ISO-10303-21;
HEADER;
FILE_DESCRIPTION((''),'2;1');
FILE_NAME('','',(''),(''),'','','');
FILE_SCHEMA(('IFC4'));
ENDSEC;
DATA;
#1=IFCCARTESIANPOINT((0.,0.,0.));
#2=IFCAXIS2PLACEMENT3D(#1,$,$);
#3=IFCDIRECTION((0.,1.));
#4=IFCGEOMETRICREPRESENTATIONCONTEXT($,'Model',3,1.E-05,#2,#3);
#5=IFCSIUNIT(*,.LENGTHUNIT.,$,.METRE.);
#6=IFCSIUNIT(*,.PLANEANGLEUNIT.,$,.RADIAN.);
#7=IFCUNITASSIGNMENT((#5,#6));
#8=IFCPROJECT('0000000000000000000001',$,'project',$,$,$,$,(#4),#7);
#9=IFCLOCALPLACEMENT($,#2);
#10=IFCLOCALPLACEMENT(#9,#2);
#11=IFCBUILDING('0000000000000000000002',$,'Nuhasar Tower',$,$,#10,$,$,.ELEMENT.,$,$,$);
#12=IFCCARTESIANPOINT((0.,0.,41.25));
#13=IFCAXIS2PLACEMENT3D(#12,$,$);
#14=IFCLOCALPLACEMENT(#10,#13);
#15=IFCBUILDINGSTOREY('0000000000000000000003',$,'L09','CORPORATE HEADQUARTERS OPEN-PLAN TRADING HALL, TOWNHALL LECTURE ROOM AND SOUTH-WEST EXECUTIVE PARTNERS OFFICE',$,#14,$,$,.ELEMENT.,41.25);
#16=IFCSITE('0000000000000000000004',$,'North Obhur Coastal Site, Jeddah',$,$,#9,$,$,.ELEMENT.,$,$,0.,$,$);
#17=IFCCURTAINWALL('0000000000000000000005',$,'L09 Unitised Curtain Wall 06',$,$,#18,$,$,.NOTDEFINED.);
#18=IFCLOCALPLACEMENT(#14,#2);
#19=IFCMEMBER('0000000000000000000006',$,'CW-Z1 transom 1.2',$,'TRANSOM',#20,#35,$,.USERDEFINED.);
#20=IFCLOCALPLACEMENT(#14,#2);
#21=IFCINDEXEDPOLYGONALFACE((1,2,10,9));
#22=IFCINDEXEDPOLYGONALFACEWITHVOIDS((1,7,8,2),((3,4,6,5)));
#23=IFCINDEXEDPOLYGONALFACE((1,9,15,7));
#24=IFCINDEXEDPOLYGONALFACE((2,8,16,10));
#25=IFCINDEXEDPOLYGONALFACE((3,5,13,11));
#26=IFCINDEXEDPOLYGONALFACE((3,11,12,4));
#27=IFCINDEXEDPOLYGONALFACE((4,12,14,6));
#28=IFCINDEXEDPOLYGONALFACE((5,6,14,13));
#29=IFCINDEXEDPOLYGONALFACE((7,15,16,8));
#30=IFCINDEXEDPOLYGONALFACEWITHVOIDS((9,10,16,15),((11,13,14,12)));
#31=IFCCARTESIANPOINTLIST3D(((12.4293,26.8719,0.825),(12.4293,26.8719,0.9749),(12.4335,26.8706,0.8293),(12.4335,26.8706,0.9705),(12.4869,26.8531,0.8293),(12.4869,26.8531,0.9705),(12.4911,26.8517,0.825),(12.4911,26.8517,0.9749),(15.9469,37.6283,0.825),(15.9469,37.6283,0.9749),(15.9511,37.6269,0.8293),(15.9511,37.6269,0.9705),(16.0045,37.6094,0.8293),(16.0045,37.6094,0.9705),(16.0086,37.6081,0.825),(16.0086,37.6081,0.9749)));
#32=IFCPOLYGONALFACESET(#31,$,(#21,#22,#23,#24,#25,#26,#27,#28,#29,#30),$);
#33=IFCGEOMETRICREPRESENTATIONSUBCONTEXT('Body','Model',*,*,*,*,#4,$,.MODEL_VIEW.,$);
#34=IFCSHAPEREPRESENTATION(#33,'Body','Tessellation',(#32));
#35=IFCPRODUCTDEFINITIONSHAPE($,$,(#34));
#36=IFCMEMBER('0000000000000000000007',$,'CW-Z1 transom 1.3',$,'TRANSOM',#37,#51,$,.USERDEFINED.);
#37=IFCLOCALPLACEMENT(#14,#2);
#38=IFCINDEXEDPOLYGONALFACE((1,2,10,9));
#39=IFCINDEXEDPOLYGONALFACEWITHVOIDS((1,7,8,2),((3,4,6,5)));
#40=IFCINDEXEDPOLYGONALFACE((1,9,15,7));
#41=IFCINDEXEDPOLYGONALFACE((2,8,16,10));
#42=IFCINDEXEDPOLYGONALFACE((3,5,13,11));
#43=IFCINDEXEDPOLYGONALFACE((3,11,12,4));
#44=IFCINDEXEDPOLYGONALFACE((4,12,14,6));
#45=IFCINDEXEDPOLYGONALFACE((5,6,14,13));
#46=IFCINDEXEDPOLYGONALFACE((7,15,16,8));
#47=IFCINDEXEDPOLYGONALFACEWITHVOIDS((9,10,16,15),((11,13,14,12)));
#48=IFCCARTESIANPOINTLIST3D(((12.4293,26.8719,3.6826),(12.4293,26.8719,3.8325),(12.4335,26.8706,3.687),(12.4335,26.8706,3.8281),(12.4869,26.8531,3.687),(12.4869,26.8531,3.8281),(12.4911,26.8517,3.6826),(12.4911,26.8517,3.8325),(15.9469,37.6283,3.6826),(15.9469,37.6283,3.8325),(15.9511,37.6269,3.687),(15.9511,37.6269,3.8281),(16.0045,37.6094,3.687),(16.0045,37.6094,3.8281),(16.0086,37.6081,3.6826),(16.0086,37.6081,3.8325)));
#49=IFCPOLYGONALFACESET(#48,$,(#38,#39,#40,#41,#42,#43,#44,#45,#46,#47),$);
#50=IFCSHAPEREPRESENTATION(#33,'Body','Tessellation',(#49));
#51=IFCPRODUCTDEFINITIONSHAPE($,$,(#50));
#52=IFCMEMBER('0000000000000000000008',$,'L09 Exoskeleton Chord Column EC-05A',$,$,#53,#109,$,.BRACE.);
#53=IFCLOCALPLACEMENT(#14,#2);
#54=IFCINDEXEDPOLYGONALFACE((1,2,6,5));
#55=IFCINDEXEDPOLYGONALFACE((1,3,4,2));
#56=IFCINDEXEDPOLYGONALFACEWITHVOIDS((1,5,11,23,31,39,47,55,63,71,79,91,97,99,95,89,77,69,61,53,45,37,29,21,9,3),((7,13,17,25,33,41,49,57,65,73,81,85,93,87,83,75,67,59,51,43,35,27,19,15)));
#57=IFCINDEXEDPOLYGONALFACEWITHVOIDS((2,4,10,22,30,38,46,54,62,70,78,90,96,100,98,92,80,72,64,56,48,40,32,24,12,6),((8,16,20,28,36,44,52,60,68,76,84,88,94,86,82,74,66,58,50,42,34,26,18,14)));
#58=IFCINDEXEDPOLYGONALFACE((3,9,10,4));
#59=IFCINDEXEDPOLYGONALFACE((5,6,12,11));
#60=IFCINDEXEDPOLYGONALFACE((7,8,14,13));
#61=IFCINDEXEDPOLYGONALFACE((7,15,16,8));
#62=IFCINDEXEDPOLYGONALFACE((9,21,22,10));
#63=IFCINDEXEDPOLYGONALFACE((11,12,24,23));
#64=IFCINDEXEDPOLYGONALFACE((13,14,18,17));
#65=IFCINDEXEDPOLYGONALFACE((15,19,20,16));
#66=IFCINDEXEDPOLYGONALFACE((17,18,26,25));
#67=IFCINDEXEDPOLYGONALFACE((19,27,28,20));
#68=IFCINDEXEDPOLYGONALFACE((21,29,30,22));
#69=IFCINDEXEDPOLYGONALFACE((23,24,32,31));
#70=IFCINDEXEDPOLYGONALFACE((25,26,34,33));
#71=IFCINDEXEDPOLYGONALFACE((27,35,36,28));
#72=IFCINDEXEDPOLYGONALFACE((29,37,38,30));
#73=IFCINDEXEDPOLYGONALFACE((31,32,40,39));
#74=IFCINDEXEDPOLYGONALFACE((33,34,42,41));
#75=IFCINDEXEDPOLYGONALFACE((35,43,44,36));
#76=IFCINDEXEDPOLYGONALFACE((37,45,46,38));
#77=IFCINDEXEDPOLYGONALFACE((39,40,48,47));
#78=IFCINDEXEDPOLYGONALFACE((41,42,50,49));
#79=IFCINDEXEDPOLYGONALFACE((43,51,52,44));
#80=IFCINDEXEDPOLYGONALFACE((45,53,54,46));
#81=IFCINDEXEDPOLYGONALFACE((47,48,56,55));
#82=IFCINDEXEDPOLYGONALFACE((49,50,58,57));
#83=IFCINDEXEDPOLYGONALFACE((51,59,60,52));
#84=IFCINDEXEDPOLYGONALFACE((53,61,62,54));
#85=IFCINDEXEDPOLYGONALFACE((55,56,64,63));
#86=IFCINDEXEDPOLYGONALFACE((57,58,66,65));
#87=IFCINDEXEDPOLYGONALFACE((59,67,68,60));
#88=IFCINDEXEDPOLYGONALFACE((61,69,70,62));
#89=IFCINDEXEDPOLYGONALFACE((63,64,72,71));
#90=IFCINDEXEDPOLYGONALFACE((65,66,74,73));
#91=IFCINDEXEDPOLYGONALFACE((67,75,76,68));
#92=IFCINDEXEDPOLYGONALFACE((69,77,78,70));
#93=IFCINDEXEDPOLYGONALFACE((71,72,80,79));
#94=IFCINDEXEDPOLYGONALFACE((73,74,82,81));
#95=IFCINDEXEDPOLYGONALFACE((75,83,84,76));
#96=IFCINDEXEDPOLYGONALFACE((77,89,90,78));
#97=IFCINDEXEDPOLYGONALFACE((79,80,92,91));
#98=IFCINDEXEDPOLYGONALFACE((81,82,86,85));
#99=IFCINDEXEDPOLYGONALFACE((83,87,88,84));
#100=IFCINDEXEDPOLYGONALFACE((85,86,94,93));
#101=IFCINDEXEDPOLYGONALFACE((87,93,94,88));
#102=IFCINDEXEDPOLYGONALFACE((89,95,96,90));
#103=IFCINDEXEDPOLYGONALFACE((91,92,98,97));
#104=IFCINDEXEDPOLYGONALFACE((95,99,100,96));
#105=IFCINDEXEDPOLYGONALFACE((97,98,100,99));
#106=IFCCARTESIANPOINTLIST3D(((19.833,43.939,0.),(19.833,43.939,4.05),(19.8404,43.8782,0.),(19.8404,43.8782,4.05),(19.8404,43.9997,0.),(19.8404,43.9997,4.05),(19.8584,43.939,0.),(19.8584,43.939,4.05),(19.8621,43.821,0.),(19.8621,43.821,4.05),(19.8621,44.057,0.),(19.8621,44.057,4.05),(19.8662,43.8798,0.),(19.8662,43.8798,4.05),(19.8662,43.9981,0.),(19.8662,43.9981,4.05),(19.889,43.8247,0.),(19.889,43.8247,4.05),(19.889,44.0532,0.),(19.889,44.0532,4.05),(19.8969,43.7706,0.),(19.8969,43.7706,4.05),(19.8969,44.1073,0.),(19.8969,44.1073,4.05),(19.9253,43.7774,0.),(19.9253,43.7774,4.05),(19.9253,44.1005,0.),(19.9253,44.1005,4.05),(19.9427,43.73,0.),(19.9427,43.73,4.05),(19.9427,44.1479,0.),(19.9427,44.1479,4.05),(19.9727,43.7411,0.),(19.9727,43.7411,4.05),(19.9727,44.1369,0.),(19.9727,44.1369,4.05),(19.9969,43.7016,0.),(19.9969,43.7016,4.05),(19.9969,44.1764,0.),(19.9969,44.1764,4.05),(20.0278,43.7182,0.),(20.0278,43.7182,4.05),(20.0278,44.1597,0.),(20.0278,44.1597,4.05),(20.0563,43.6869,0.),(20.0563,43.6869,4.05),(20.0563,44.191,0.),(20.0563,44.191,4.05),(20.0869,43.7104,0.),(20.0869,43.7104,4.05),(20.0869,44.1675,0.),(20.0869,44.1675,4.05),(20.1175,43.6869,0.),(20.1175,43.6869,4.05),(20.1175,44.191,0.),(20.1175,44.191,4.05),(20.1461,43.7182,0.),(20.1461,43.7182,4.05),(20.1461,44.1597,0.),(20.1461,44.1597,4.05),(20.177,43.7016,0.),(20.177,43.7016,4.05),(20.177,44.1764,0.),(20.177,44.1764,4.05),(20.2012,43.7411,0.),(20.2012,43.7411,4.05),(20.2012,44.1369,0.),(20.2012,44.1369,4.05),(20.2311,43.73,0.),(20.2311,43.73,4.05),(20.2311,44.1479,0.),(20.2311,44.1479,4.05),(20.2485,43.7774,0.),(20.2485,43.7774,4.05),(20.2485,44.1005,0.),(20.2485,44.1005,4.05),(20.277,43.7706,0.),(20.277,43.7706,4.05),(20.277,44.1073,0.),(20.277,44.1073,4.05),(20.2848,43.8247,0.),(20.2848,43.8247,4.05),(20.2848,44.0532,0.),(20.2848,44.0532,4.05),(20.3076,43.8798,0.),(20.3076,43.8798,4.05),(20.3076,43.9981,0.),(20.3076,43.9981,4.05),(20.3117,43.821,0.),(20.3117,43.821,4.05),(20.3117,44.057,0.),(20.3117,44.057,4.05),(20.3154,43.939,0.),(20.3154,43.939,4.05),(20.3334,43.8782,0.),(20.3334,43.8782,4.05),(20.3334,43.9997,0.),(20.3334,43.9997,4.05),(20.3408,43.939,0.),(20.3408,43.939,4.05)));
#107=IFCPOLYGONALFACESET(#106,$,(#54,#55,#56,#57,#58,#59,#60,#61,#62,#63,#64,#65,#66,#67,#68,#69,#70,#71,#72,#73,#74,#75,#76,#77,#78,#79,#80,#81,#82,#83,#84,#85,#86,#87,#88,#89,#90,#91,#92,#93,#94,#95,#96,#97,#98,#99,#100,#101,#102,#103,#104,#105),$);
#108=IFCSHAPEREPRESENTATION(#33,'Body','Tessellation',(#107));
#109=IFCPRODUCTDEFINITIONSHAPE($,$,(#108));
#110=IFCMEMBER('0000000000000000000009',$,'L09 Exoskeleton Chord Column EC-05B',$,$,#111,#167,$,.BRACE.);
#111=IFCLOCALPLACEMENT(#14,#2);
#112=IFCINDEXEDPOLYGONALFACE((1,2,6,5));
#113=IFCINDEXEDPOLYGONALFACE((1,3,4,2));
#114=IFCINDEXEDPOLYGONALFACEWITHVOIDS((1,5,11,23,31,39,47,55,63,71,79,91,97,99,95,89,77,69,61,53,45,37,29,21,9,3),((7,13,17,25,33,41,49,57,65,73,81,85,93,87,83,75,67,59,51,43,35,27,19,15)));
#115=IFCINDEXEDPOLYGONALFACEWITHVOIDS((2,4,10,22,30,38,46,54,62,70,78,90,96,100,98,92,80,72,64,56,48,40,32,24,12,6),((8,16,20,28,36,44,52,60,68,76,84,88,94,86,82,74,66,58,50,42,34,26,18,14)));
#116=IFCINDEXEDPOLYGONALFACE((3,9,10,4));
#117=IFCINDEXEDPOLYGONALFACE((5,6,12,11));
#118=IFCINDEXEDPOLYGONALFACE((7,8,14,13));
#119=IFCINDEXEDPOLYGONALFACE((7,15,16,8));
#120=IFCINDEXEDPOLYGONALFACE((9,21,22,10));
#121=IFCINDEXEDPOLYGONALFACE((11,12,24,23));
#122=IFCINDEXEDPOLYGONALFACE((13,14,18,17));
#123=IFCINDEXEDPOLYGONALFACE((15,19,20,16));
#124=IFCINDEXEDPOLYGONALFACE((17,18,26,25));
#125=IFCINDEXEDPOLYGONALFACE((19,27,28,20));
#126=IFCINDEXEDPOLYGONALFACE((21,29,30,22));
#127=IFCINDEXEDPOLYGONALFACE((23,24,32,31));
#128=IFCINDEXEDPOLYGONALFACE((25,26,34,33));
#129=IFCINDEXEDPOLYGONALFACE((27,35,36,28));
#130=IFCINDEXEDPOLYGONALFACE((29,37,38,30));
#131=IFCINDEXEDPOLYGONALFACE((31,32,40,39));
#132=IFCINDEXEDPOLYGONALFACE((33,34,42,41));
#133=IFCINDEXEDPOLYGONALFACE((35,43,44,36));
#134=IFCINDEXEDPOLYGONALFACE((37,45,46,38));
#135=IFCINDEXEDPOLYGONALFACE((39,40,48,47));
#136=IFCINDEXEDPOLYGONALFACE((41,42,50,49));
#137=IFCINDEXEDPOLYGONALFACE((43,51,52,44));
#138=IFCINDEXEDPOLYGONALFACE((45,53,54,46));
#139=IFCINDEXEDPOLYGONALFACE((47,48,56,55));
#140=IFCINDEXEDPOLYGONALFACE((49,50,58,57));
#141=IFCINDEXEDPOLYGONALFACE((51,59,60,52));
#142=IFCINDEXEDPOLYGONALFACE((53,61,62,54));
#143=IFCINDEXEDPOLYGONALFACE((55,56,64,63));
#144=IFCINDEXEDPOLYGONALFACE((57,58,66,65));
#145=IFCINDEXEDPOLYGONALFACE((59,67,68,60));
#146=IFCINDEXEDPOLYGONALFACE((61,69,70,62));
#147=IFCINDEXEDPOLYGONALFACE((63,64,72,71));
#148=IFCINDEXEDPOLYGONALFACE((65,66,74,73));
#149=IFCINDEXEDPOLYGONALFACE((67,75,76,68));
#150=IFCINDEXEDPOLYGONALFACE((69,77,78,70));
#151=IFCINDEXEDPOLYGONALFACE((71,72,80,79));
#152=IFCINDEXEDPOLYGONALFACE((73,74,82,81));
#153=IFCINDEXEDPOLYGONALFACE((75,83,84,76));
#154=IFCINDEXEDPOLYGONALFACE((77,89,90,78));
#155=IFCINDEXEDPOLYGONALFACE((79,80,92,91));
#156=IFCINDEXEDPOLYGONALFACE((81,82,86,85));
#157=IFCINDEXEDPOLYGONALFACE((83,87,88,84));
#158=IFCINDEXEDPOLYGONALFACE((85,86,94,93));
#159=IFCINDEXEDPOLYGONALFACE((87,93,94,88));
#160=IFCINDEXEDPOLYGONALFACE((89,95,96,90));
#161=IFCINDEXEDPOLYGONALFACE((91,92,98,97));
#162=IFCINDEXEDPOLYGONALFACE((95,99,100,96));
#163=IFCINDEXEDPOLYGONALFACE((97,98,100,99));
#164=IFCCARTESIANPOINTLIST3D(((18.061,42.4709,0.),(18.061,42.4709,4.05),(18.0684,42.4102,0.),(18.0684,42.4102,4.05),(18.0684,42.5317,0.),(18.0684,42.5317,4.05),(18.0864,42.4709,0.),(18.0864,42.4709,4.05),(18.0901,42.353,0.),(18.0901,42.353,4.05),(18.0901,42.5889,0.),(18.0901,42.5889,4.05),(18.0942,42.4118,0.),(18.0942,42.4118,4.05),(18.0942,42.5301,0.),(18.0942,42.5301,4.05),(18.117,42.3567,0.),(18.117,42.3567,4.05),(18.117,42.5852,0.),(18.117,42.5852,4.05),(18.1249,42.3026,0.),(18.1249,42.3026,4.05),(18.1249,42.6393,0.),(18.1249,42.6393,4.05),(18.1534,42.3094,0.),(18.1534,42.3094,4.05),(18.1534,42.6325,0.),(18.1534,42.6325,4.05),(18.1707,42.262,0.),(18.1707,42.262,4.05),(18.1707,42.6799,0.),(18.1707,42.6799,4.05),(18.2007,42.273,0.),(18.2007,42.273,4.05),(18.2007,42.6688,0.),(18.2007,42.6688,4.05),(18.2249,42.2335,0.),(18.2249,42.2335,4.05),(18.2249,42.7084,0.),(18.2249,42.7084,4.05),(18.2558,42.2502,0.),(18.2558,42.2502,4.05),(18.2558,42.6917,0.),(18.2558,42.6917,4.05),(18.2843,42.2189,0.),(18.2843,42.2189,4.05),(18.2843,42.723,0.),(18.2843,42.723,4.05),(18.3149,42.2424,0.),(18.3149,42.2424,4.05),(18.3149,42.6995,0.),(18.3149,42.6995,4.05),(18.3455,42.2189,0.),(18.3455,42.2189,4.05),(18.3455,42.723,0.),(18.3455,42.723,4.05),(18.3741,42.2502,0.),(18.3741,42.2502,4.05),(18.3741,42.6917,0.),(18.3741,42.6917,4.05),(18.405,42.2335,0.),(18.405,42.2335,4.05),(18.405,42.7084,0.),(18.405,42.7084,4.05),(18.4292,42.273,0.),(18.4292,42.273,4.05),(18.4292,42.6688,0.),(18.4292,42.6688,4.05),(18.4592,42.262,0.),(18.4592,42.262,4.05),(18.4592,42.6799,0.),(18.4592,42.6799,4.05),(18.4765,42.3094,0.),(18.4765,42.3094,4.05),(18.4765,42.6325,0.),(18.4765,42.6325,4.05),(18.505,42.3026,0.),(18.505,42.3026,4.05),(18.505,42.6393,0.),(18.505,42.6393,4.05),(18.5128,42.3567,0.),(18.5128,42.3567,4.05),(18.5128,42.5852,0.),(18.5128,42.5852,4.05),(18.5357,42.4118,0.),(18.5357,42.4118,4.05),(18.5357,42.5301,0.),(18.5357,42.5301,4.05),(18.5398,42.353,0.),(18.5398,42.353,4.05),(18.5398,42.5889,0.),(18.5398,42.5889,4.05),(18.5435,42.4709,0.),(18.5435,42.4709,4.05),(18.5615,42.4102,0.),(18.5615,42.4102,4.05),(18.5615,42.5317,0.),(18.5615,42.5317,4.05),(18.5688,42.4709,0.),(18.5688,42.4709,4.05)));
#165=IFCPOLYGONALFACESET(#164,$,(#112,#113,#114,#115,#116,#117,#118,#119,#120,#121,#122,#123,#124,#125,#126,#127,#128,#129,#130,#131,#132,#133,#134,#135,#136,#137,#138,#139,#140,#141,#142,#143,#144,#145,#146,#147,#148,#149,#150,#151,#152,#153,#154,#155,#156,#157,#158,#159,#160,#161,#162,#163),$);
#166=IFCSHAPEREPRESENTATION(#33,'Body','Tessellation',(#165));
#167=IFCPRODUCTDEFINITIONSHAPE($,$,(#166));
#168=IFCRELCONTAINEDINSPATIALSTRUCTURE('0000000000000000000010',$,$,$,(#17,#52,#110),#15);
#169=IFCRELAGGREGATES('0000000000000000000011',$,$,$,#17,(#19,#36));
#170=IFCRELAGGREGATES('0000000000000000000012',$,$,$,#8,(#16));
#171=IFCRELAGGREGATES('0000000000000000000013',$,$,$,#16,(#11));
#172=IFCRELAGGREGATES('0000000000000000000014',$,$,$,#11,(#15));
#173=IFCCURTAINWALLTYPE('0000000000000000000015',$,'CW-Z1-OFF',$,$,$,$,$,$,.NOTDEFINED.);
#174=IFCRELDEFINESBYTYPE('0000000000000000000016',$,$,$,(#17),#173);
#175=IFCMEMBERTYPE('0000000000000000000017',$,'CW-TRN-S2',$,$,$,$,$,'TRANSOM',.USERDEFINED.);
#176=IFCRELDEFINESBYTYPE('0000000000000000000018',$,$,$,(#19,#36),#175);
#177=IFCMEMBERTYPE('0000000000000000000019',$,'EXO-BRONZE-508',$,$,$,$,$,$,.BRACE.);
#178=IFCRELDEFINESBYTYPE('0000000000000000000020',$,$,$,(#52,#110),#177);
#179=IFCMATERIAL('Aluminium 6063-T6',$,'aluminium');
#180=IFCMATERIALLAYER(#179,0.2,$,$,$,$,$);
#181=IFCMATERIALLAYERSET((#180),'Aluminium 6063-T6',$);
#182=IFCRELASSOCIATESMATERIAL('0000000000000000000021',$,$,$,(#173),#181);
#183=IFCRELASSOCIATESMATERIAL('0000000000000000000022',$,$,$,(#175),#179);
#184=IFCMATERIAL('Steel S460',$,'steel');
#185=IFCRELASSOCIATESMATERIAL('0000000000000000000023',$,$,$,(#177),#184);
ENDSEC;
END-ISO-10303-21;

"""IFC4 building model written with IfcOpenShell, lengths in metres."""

from ifc_helpers import new_model, si_unit, direction, frame, origin, origin_2d, place, context, subcontext, project, spatial, hollow_rectangle, hollow_circle, extrude, material, layer, layer_set, material_profile, profile_set, type_object, element, aggregate, save


model = new_model("IFC4")

# Units and contexts
model_context = context("Model", 3, precision=1e-05, world=origin(), true_north=direction((0.0, 1.0)))
body_context = subcontext(model_context, "Body", "Model", "MODEL_VIEW")
ifc_project = project(units=[si_unit("LENGTHUNIT", "METRE"), si_unit("PLANEANGLEUNIT", "RADIAN")], contexts=[model_context])

# Site, building, storey
site_placement = place(None, origin())
site = spatial("IfcSite", under=ifc_project, at=site_placement, Name="North Obhur Coastal Site, Jeddah", CompositionType="ELEMENT", RefElevation=0.0)
building_placement = place(site_placement, origin())
building = spatial("IfcBuilding", under=site, at=building_placement, Name="Nuhasar Tower", CompositionType="ELEMENT")
storey_placement = place(building_placement, frame((0.0, 0.0, 41.25)))
storey = spatial("IfcBuildingStorey", under=building, at=storey_placement, Name="L09", Description="CORPORATE HEADQUARTERS OPEN-PLAN TRADING HALL, TOWNHALL LECTURE ROOM AND SOUTH-WEST EXECUTIVE PARTNERS OFFICE", CompositionType="ELEMENT", Elevation=41.25)

# Shared definitions
ifc_material_1 = material(Name="Aluminium 6063-T6", Category="aluminium")
ifc_layer_1 = layer(ifc_material_1, 0.2)
ifc_layer_set_1 = layer_set([ifc_layer_1], Name="Aluminium 6063-T6")
curtain_wall_type = type_object("IfcCurtainWallType", Name="CW-Z1-OFF", PredefinedType="NOTDEFINED", material=ifc_layer_set_1)

# Curtain wall
curtain_wall_1_placement = place(storey_placement, origin())
curtain_wall_1 = element("IfcCurtainWall", 1, at=curtain_wall_1_placement, inside=storey, type_object=curtain_wall_type, Name="L09 Unitised Curtain Wall 06", PredefinedType="NOTDEFINED")

# Members
ifc_material_profile_1 = material_profile(ifc_material_1, hollow_rectangle(XDim=0.0649, YDim=0.1499, WallThickness=0.0044, at=origin_2d()), Name="CWT-2")
ifc_profile_set_1 = profile_set([ifc_material_profile_1], Name="Aluminium 6063-T6")
member_type_1 = type_object("IfcMemberType", Name="CW-TRN-S2", ElementType="TRANSOM", PredefinedType="USERDEFINED", material=ifc_profile_set_1)
member_1_placement = place(storey_placement, frame((15.9778, 37.6182, 0.8999), z_axis=(-0.310825, -0.950467, 0.0), x_axis=(0.950467, -0.310825, 0.0)))
member_1 = element("IfcMember", 2, at=member_1_placement, type_object=member_type_1, Name="CW-Z1 transom 1.2", ObjectType="TRANSOM", PredefinedType="USERDEFINED", context=body_context, shape_type="SweptSolid", body=[
    extrude(hollow_rectangle(XDim=0.0649, YDim=0.1499, WallThickness=0.0044, at=origin_2d()), origin(), (0.0, 0.0, 1.0), 11.3169),
])
member_2_placement = place(storey_placement, frame((15.9778, 37.6182, 3.7576), z_axis=(-0.310825, -0.950467, 0.0), x_axis=(0.950467, -0.310825, 0.0)))
member_2 = element("IfcMember", 3, at=member_2_placement, type_object=member_type_1, Name="CW-Z1 transom 1.3", ObjectType="TRANSOM", PredefinedType="USERDEFINED", context=body_context, shape_type="SweptSolid", body=[
    extrude(hollow_rectangle(XDim=0.0649, YDim=0.1499, WallThickness=0.0044, at=origin_2d()), origin(), (0.0, 0.0, 1.0), 11.3169),
])
aggregate(curtain_wall_1, [member_1, member_2])

# Members
ifc_material_2 = material(Name="Steel S460", Category="steel")
ifc_material_profile_2 = material_profile(ifc_material_2, hollow_circle(Radius=0.2539, WallThickness=0.0254, at=origin_2d()), Name="HSS508X25.4")
ifc_profile_set_2 = profile_set([ifc_material_profile_2], Name="Steel S460")
member_type_2 = type_object("IfcMemberType", Name="EXO-BRONZE-508", PredefinedType="BRACE", material=ifc_profile_set_2)
for number, where, z_axis, x_axis, name in (
    (4, (20.0869, 43.939, 0.0), (0.0, 0.0, 1.0), (1.0, 0.0, 0.0), "L09 Exoskeleton Chord Column EC-05A"),
    (5, (18.3149, 42.4709, 0.0), (0.0, 0.0, 1.0), (1.0, 0.0, 0.0), "L09 Exoskeleton Chord Column EC-05B"),
):
    element("IfcMember", number, at=place(storey_placement, frame(where, z_axis=z_axis, x_axis=x_axis)), inside=storey, type_object=member_type_2, Name=name, PredefinedType="BRACE", context=body_context, shape_type="SweptSolid", body=[
        extrude(hollow_circle(Radius=0.2539, WallThickness=0.0254, at=origin_2d()), origin(), (0.0, 0.0, 1.0), 4.05),
    ])

save(model, "model.ifc")
